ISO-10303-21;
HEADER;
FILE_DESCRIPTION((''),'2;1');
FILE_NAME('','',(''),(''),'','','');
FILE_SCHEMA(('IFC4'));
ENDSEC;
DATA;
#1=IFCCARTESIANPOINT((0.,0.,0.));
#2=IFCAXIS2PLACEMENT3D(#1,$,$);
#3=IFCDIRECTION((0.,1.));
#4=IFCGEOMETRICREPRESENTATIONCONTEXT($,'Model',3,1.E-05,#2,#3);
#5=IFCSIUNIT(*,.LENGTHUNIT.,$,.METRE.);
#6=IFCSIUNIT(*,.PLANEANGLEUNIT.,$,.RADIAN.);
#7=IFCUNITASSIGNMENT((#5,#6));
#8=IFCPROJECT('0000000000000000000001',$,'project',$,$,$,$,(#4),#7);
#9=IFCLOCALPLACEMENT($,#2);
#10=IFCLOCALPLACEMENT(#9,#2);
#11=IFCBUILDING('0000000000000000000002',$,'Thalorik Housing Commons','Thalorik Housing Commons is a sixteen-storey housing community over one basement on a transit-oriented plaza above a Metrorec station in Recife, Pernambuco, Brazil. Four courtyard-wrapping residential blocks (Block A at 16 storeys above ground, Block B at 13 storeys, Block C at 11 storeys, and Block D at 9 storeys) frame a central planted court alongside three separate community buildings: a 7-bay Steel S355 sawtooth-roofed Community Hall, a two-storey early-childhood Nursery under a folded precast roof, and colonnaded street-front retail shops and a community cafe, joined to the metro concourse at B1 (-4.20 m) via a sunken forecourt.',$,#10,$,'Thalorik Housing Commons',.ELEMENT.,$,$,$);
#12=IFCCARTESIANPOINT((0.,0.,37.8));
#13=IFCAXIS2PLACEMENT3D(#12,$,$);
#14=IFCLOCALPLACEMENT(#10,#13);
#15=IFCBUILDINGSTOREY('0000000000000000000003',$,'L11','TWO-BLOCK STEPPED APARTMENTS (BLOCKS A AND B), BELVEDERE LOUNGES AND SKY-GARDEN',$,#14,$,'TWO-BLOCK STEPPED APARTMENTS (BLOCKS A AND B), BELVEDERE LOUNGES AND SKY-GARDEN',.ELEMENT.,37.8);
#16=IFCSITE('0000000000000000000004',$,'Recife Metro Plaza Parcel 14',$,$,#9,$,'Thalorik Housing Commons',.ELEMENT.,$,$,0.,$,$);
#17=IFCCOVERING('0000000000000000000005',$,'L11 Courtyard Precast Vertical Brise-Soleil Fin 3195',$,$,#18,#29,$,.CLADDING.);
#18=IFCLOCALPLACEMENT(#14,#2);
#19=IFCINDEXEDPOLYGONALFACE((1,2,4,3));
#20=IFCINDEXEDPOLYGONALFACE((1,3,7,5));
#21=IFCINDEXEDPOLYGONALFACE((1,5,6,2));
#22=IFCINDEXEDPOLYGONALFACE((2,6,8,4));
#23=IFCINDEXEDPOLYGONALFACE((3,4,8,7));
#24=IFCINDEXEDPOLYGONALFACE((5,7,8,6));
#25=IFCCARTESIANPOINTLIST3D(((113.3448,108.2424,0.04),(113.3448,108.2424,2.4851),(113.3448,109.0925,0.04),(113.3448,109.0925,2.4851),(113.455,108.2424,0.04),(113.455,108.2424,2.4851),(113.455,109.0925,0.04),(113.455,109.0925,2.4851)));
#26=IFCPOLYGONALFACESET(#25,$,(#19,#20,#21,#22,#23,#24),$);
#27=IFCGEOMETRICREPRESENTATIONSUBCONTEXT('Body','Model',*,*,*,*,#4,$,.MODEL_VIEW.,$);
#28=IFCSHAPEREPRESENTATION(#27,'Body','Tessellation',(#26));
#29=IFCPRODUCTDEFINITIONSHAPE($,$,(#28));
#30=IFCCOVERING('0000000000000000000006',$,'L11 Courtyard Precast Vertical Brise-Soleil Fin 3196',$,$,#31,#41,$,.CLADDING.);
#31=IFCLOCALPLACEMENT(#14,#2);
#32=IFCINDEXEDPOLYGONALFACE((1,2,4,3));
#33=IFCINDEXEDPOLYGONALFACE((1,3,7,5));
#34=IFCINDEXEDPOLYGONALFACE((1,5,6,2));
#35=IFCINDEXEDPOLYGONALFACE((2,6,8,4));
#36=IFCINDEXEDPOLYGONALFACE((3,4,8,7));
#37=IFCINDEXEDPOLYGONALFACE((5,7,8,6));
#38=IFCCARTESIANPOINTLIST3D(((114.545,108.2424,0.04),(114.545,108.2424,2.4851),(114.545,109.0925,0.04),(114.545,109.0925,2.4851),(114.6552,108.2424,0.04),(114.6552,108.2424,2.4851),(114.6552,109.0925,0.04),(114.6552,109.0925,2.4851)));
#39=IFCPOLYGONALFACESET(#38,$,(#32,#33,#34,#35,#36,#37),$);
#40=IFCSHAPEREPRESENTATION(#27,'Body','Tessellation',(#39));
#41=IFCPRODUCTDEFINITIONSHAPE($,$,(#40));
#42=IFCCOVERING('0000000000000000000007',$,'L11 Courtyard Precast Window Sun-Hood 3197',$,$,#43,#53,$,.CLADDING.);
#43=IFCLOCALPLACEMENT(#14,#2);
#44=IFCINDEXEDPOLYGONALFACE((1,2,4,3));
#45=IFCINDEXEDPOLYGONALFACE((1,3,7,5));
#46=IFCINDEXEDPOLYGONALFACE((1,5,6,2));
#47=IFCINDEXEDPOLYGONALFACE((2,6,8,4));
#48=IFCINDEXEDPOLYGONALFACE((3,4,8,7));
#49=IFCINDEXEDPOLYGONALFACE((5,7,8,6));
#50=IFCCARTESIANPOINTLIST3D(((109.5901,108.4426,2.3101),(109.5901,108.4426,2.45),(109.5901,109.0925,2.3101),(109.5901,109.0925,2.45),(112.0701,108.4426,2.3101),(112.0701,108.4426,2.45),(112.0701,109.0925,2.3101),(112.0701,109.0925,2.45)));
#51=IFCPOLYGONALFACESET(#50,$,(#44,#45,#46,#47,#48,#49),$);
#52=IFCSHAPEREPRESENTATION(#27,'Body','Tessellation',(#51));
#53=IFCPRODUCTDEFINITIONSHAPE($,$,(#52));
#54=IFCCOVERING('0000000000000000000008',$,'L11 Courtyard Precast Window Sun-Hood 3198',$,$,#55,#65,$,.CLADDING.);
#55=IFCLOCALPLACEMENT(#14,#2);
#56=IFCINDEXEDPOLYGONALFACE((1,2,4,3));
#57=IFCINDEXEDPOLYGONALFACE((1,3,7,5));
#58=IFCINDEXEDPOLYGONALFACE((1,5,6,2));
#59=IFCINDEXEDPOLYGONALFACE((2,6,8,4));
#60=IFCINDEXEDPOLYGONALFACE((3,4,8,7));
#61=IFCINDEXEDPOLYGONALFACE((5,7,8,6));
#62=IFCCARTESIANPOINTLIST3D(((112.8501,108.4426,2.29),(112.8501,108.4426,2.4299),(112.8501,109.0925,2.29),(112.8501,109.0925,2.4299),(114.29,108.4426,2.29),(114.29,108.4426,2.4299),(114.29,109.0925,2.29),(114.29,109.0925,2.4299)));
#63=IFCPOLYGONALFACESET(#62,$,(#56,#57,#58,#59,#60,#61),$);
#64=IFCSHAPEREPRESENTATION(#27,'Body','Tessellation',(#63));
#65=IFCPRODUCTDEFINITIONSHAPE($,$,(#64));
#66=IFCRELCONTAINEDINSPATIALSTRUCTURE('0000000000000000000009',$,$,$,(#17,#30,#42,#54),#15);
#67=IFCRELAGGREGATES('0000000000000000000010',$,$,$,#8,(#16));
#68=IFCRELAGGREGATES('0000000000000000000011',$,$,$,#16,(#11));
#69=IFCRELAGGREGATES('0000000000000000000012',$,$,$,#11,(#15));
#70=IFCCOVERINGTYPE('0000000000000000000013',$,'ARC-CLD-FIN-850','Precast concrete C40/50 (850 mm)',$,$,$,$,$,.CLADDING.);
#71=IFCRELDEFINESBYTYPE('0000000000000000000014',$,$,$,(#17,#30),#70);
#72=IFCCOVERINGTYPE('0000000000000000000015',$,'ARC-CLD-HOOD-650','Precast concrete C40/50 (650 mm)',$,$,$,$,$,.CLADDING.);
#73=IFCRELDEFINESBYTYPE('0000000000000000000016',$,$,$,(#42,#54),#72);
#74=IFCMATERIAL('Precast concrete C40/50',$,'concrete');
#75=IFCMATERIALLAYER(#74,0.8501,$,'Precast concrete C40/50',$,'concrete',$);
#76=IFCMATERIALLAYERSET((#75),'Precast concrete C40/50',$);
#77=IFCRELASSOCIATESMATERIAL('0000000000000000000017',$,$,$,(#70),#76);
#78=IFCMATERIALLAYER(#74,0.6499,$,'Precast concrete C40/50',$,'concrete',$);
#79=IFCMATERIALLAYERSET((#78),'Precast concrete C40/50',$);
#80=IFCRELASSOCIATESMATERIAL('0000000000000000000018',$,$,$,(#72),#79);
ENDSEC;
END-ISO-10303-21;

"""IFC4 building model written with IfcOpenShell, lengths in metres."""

from ifc_helpers import new_model, si_unit, direction, frame, origin, origin_2d, place, context, subcontext, project, spatial, rectangle, extrude, material, layer, layer_set, type_object, element, save


model = new_model("IFC4")

# Units and contexts
model_context = context("Model", 3, precision=1e-05, world=origin(), true_north=direction((0.0, 1.0)))
body_context = subcontext(model_context, "Body", "Model", "MODEL_VIEW")
ifc_project = project(units=[si_unit("LENGTHUNIT", "METRE"), si_unit("PLANEANGLEUNIT", "RADIAN")], contexts=[model_context])

# Site, building, storey
site_placement = place(None, origin())
site = spatial("IfcSite", under=ifc_project, at=site_placement, Name="Recife Metro Plaza Parcel 14", LongName="Thalorik Housing Commons", CompositionType="ELEMENT", RefElevation=0.0)
building_placement = place(site_placement, origin())
building = spatial("IfcBuilding", under=site, at=building_placement, Name="Thalorik Housing Commons", Description="Thalorik Housing Commons is a sixteen-storey housing community over one basement on a transit-oriented plaza above a Metrorec station in Recife, Pernambuco, Brazil. Four courtyard-wrapping residential blocks (Block A at 16 storeys above ground, Block B at 13 storeys, Block C at 11 storeys, and Block D at 9 storeys) frame a central planted court alongside three separate community buildings: a 7-bay Steel S355 sawtooth-roofed Community Hall, a two-storey early-childhood Nursery under a folded precast roof, and colonnaded street-front retail shops and a community cafe, joined to the metro concourse at B1 (-4.20 m) via a sunken forecourt.", LongName="Thalorik Housing Commons", CompositionType="ELEMENT")
storey_placement = place(building_placement, frame((0.0, 0.0, 37.8)))
storey = spatial("IfcBuildingStorey", under=building, at=storey_placement, Name="L11", Description="TWO-BLOCK STEPPED APARTMENTS (BLOCKS A AND B), BELVEDERE LOUNGES AND SKY-GARDEN", LongName="TWO-BLOCK STEPPED APARTMENTS (BLOCKS A AND B), BELVEDERE LOUNGES AND SKY-GARDEN", CompositionType="ELEMENT", Elevation=37.8)

# Shared definitions
ifc_material_1 = material(Name="Precast concrete C40/50", Category="concrete")

# Coverings
ifc_layer_1 = layer(ifc_material_1, 0.8501, Name="Precast concrete C40/50", Category="concrete")
ifc_layer_set_1 = layer_set([ifc_layer_1], Name="Precast concrete C40/50")
covering_type_1 = type_object("IfcCoveringType", Name="ARC-CLD-FIN-850", Description="Precast concrete C40/50 (850 mm)", PredefinedType="CLADDING", material=ifc_layer_set_1)
for number, where, z_axis, x_axis, name in (
    (1, (113.3999, 108.6675, 0.04), (0.0, 0.0, 1.0), (1.0, 0.0, 0.0), "L11 Courtyard Precast Vertical Brise-Soleil Fin 3195"),
    (2, (114.6001, 108.6675, 0.04), (0.0, 0.0, 1.0), (1.0, 0.0, 0.0), "L11 Courtyard Precast Vertical Brise-Soleil Fin 3196"),
):
    element("IfcCovering", number, at=place(storey_placement, frame(where, z_axis=z_axis, x_axis=x_axis)), inside=storey, type_object=covering_type_1, Name=name, PredefinedType="CLADDING", context=body_context, shape_type="SweptSolid", body=[
        extrude(rectangle(XDim=0.1101, YDim=0.8501, at=origin_2d()), origin(), (0.0, 0.0, 1.0), 2.4451),
    ])
ifc_layer_2 = layer(ifc_material_1, 0.6499, Name="Precast concrete C40/50", Category="concrete")
ifc_layer_set_2 = layer_set([ifc_layer_2], Name="Precast concrete C40/50")
covering_type_2 = type_object("IfcCoveringType", Name="ARC-CLD-HOOD-650", Description="Precast concrete C40/50 (650 mm)", PredefinedType="CLADDING", material=ifc_layer_set_2)
covering_1_placement = place(storey_placement, frame((110.8301, 108.7676, 2.3101), z_axis=(0.0, 0.0, 1.0), x_axis=(1.0, 0.0, 0.0)))
element("IfcCovering", 3, at=covering_1_placement, inside=storey, type_object=covering_type_2, Name="L11 Courtyard Precast Window Sun-Hood 3197", PredefinedType="CLADDING", context=body_context, shape_type="SweptSolid", body=[
    extrude(rectangle(XDim=2.48, YDim=0.6499, at=origin_2d()), origin(), (0.0, 0.0, 1.0), 0.1399),
])
covering_2_placement = place(storey_placement, frame((113.5701, 108.7676, 2.29), z_axis=(0.0, 0.0, 1.0), x_axis=(1.0, 0.0, 0.0)))
element("IfcCovering", 4, at=covering_2_placement, inside=storey, type_object=covering_type_2, Name="L11 Courtyard Precast Window Sun-Hood 3198", PredefinedType="CLADDING", context=body_context, shape_type="SweptSolid", body=[
    extrude(rectangle(XDim=1.4399, YDim=0.6499, at=origin_2d()), origin(), (0.0, 0.0, 1.0), 0.1399),
])

save(model, "model.ifc")
